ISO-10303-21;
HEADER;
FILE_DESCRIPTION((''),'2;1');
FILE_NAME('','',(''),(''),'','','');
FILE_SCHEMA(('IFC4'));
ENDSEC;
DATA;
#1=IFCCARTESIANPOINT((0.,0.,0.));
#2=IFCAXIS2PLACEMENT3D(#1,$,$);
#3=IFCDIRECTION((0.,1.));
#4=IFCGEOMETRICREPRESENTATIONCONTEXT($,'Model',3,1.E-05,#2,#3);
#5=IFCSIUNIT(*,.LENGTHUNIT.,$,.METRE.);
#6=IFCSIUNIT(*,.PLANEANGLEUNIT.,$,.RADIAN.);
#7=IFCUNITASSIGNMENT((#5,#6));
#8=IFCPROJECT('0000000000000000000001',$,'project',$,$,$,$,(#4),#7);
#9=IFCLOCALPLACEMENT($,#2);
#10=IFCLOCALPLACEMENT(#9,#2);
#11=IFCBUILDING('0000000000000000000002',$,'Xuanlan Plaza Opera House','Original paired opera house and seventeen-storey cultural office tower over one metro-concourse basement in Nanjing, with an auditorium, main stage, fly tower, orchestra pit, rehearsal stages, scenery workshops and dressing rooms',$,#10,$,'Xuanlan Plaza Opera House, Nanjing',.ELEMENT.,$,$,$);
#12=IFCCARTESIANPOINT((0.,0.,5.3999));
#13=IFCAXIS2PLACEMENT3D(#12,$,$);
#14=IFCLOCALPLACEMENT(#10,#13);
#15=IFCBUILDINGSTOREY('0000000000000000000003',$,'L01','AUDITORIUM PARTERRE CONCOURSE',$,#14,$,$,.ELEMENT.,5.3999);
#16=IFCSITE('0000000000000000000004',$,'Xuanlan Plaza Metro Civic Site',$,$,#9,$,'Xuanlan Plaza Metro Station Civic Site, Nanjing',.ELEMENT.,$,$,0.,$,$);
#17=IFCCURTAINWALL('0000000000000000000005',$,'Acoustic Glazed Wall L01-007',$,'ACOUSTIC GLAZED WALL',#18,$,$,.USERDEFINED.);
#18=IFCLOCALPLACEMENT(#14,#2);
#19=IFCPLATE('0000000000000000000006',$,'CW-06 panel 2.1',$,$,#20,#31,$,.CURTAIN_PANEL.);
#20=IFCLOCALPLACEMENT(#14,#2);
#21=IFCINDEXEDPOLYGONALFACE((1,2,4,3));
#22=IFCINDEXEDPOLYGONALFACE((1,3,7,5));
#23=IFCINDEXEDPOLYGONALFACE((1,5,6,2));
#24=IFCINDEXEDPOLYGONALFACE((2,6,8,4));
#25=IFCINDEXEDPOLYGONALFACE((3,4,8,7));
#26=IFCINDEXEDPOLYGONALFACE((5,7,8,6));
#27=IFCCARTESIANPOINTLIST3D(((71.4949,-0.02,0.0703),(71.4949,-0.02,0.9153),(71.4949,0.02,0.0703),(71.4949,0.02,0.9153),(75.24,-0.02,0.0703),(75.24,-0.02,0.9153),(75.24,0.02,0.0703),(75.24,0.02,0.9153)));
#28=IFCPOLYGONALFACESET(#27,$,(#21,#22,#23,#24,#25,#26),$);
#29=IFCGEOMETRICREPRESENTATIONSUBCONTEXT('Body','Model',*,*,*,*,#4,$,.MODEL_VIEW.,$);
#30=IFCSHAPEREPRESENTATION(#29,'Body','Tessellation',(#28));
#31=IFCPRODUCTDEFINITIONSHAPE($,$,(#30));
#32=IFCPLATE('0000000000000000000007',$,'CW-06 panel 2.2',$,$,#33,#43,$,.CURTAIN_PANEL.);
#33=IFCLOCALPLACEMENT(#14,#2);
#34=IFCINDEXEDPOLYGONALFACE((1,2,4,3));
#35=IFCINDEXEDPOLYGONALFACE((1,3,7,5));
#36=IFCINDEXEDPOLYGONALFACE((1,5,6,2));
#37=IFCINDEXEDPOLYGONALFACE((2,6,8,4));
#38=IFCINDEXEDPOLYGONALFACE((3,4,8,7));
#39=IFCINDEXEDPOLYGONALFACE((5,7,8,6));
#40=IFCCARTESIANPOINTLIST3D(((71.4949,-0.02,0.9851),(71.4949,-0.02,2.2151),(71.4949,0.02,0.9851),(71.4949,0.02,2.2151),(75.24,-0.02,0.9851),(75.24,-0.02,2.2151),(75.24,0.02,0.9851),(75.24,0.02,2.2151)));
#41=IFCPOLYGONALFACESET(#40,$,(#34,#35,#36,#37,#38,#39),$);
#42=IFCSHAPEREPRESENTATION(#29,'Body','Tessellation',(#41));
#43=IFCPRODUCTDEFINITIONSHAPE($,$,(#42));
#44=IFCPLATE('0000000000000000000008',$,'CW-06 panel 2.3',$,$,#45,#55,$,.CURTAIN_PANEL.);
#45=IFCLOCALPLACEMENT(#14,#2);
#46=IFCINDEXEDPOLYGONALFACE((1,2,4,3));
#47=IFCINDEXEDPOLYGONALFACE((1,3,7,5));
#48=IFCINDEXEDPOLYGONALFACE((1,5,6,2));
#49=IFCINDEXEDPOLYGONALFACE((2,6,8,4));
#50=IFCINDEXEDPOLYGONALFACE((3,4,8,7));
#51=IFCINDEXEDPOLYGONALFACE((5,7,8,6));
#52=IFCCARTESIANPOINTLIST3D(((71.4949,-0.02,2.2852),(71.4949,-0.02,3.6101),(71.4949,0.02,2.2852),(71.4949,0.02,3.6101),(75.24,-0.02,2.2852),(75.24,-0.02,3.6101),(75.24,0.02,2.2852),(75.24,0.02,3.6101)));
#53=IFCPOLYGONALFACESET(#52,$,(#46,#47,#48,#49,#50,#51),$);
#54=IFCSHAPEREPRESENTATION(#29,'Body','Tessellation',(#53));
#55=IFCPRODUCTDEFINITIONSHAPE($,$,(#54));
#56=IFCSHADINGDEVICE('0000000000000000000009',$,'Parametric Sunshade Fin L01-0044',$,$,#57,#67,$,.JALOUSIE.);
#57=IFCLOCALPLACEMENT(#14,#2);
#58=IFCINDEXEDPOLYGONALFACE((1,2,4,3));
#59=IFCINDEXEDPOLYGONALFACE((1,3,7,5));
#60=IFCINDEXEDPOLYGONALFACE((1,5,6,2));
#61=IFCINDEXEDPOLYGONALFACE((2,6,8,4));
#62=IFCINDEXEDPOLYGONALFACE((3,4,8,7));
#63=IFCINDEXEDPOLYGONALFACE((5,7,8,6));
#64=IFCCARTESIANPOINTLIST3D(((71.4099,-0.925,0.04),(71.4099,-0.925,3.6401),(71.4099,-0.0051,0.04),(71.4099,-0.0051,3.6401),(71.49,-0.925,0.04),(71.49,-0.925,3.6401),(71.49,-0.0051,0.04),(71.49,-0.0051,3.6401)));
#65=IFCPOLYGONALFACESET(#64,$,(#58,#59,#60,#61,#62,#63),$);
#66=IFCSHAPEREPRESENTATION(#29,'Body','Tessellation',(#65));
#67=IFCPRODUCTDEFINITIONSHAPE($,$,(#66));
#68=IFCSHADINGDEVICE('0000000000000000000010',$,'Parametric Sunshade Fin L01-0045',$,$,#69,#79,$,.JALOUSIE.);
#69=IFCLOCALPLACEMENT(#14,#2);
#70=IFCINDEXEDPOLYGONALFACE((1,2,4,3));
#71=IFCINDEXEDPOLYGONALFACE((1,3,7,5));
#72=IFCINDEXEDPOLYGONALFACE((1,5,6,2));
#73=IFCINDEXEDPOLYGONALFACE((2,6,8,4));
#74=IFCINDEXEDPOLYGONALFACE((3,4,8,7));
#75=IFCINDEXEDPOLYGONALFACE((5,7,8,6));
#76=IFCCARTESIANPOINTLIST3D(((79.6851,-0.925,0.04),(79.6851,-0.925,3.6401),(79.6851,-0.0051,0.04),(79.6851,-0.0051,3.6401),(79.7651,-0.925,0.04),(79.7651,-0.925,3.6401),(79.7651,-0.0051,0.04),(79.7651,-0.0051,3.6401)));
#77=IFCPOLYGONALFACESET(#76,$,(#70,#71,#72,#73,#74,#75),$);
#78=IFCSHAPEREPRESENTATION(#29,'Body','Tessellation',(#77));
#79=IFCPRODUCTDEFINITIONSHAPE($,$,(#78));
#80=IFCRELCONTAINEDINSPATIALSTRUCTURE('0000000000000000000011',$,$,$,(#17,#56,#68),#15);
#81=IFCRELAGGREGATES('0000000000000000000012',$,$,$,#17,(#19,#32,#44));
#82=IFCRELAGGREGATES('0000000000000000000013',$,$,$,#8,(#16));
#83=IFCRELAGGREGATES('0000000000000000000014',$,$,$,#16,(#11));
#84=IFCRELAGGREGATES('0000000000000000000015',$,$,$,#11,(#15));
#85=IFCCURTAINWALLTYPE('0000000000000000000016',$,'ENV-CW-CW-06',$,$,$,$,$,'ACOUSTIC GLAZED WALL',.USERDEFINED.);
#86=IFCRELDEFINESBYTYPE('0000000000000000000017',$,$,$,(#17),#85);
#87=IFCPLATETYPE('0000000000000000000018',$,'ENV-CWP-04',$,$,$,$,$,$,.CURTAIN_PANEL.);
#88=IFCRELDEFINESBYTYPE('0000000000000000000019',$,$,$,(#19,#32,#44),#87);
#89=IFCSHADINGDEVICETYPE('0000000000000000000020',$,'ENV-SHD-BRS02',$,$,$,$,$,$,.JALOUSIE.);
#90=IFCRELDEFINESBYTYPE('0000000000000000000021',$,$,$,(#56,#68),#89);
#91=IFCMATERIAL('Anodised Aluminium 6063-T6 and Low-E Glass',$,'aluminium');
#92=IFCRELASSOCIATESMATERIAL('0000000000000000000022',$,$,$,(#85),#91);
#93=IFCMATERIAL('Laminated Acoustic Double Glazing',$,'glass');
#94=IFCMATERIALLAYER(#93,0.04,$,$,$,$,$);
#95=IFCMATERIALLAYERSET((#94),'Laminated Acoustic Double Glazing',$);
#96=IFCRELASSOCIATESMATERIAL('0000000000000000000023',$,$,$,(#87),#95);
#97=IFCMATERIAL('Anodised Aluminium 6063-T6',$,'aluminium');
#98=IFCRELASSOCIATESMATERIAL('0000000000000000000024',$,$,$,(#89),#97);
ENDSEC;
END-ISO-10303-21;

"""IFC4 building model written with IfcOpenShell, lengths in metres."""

from ifc_helpers import new_model, si_unit, direction, frame, origin, origin_2d, place, context, subcontext, project, spatial, rectangle, extrude, material, layer, layer_set, type_object, element, aggregate, save


model = new_model("IFC4")

# Units and contexts
model_context = context("Model", 3, precision=1e-05, world=origin(), true_north=direction((0.0, 1.0)))
body_context = subcontext(model_context, "Body", "Model", "MODEL_VIEW")
ifc_project = project(units=[si_unit("LENGTHUNIT", "METRE"), si_unit("PLANEANGLEUNIT", "RADIAN")], contexts=[model_context])

# Site, building, storey
site_placement = place(None, origin())
site = spatial("IfcSite", under=ifc_project, at=site_placement, Name="Xuanlan Plaza Metro Civic Site", LongName="Xuanlan Plaza Metro Station Civic Site, Nanjing", CompositionType="ELEMENT", RefElevation=0.0)
building_placement = place(site_placement, origin())
building = spatial("IfcBuilding", under=site, at=building_placement, Name="Xuanlan Plaza Opera House", Description="Original paired opera house and seventeen-storey cultural office tower over one metro-concourse basement in Nanjing, with an auditorium, main stage, fly tower, orchestra pit, rehearsal stages, scenery workshops and dressing rooms", LongName="Xuanlan Plaza Opera House, Nanjing", CompositionType="ELEMENT")
storey_placement = place(building_placement, frame((0.0, 0.0, 5.3999)))
storey = spatial("IfcBuildingStorey", under=building, at=storey_placement, Name="L01", Description="AUDITORIUM PARTERRE CONCOURSE", CompositionType="ELEMENT", Elevation=5.3999)

# Curtain wall
ifc_material_1 = material(Name="Anodised Aluminium 6063-T6 and Low-E Glass", Category="aluminium")
ifc_material_2 = material(Name="Anodised Aluminium 6063-T6", Category="aluminium")
curtain_wall_type_1 = type_object("IfcCurtainWallType", Name="ENV-CW-CW-06", ElementType="ACOUSTIC GLAZED WALL", PredefinedType="USERDEFINED", material=ifc_material_1)
curtain_wall_1_placement = place(storey_placement, origin())
curtain_wall_1 = element("IfcCurtainWall", 1, at=curtain_wall_1_placement, inside=storey, type_object=curtain_wall_type_1, Name="Acoustic Glazed Wall L01-007", ObjectType="ACOUSTIC GLAZED WALL", PredefinedType="USERDEFINED")

# Plates
ifc_material_3 = material(Name="Laminated Acoustic Double Glazing", Category="glass")
ifc_layer_1 = layer(ifc_material_3, 0.04)
ifc_layer_set_1 = layer_set([ifc_layer_1], Name="Laminated Acoustic Double Glazing")
plate_type_1 = type_object("IfcPlateType", Name="ENV-CWP-04", PredefinedType="CURTAIN_PANEL", material=ifc_layer_set_1)
plate_1_placement = place(storey_placement, frame((73.3674, 0.0, 0.0703), z_axis=(0.0, 0.0, 1.0), x_axis=(1.0, 0.0, 0.0)))
plate_1 = element("IfcPlate", 2, at=plate_1_placement, type_object=plate_type_1, Name="CW-06 panel 2.1", PredefinedType="CURTAIN_PANEL", context=body_context, shape_type="SweptSolid", body=[
    extrude(rectangle(XDim=3.7451, YDim=0.04, at=origin_2d()), origin(), (0.0, 0.0, 1.0), 0.845),
])
plate_2_placement = place(storey_placement, frame((73.3674, 0.0, 0.9851), z_axis=(0.0, 0.0, 1.0), x_axis=(1.0, 0.0, 0.0)))
plate_2 = element("IfcPlate", 3, at=plate_2_placement, type_object=plate_type_1, Name="CW-06 panel 2.2", PredefinedType="CURTAIN_PANEL", context=body_context, shape_type="SweptSolid", body=[
    extrude(rectangle(XDim=3.7451, YDim=0.04, at=origin_2d()), origin(), (0.0, 0.0, 1.0), 1.23),
])
plate_3_placement = place(storey_placement, frame((73.3674, 0.0, 2.2852), z_axis=(0.0, 0.0, 1.0), x_axis=(1.0, 0.0, 0.0)))
plate_3 = element("IfcPlate", 4, at=plate_3_placement, type_object=plate_type_1, Name="CW-06 panel 2.3", PredefinedType="CURTAIN_PANEL", context=body_context, shape_type="SweptSolid", body=[
    extrude(rectangle(XDim=3.7451, YDim=0.04, at=origin_2d()), origin(), (0.0, 0.0, 1.0), 1.325),
])
aggregate(curtain_wall_1, [plate_1, plate_2, plate_3])

# Shading devices
shading_device_type = type_object("IfcShadingDeviceType", Name="ENV-SHD-BRS02", PredefinedType="JALOUSIE", material=ifc_material_2)
for number, where, z_axis, x_axis, name in (
    (5, (71.45, -0.4651, 0.04), (0.0, 0.0, 1.0), (0.0, -1.0, 0.0), "Parametric Sunshade Fin L01-0044"),
    (6, (79.7251, -0.4651, 0.04), (0.0, 0.0, 1.0), (0.0, -1.0, 0.0), "Parametric Sunshade Fin L01-0045"),
):
    element("IfcShadingDevice", number, at=place(storey_placement, frame(where, z_axis=z_axis, x_axis=x_axis)), inside=storey, type_object=shading_device_type, Name=name, PredefinedType="JALOUSIE", context=body_context, shape_type="SweptSolid", body=[
        extrude(rectangle(XDim=0.9199, YDim=0.0801, at=origin_2d()), origin(), (0.0, 0.0, 1.0), 3.6001),
    ])

save(model, "model.ifc")
